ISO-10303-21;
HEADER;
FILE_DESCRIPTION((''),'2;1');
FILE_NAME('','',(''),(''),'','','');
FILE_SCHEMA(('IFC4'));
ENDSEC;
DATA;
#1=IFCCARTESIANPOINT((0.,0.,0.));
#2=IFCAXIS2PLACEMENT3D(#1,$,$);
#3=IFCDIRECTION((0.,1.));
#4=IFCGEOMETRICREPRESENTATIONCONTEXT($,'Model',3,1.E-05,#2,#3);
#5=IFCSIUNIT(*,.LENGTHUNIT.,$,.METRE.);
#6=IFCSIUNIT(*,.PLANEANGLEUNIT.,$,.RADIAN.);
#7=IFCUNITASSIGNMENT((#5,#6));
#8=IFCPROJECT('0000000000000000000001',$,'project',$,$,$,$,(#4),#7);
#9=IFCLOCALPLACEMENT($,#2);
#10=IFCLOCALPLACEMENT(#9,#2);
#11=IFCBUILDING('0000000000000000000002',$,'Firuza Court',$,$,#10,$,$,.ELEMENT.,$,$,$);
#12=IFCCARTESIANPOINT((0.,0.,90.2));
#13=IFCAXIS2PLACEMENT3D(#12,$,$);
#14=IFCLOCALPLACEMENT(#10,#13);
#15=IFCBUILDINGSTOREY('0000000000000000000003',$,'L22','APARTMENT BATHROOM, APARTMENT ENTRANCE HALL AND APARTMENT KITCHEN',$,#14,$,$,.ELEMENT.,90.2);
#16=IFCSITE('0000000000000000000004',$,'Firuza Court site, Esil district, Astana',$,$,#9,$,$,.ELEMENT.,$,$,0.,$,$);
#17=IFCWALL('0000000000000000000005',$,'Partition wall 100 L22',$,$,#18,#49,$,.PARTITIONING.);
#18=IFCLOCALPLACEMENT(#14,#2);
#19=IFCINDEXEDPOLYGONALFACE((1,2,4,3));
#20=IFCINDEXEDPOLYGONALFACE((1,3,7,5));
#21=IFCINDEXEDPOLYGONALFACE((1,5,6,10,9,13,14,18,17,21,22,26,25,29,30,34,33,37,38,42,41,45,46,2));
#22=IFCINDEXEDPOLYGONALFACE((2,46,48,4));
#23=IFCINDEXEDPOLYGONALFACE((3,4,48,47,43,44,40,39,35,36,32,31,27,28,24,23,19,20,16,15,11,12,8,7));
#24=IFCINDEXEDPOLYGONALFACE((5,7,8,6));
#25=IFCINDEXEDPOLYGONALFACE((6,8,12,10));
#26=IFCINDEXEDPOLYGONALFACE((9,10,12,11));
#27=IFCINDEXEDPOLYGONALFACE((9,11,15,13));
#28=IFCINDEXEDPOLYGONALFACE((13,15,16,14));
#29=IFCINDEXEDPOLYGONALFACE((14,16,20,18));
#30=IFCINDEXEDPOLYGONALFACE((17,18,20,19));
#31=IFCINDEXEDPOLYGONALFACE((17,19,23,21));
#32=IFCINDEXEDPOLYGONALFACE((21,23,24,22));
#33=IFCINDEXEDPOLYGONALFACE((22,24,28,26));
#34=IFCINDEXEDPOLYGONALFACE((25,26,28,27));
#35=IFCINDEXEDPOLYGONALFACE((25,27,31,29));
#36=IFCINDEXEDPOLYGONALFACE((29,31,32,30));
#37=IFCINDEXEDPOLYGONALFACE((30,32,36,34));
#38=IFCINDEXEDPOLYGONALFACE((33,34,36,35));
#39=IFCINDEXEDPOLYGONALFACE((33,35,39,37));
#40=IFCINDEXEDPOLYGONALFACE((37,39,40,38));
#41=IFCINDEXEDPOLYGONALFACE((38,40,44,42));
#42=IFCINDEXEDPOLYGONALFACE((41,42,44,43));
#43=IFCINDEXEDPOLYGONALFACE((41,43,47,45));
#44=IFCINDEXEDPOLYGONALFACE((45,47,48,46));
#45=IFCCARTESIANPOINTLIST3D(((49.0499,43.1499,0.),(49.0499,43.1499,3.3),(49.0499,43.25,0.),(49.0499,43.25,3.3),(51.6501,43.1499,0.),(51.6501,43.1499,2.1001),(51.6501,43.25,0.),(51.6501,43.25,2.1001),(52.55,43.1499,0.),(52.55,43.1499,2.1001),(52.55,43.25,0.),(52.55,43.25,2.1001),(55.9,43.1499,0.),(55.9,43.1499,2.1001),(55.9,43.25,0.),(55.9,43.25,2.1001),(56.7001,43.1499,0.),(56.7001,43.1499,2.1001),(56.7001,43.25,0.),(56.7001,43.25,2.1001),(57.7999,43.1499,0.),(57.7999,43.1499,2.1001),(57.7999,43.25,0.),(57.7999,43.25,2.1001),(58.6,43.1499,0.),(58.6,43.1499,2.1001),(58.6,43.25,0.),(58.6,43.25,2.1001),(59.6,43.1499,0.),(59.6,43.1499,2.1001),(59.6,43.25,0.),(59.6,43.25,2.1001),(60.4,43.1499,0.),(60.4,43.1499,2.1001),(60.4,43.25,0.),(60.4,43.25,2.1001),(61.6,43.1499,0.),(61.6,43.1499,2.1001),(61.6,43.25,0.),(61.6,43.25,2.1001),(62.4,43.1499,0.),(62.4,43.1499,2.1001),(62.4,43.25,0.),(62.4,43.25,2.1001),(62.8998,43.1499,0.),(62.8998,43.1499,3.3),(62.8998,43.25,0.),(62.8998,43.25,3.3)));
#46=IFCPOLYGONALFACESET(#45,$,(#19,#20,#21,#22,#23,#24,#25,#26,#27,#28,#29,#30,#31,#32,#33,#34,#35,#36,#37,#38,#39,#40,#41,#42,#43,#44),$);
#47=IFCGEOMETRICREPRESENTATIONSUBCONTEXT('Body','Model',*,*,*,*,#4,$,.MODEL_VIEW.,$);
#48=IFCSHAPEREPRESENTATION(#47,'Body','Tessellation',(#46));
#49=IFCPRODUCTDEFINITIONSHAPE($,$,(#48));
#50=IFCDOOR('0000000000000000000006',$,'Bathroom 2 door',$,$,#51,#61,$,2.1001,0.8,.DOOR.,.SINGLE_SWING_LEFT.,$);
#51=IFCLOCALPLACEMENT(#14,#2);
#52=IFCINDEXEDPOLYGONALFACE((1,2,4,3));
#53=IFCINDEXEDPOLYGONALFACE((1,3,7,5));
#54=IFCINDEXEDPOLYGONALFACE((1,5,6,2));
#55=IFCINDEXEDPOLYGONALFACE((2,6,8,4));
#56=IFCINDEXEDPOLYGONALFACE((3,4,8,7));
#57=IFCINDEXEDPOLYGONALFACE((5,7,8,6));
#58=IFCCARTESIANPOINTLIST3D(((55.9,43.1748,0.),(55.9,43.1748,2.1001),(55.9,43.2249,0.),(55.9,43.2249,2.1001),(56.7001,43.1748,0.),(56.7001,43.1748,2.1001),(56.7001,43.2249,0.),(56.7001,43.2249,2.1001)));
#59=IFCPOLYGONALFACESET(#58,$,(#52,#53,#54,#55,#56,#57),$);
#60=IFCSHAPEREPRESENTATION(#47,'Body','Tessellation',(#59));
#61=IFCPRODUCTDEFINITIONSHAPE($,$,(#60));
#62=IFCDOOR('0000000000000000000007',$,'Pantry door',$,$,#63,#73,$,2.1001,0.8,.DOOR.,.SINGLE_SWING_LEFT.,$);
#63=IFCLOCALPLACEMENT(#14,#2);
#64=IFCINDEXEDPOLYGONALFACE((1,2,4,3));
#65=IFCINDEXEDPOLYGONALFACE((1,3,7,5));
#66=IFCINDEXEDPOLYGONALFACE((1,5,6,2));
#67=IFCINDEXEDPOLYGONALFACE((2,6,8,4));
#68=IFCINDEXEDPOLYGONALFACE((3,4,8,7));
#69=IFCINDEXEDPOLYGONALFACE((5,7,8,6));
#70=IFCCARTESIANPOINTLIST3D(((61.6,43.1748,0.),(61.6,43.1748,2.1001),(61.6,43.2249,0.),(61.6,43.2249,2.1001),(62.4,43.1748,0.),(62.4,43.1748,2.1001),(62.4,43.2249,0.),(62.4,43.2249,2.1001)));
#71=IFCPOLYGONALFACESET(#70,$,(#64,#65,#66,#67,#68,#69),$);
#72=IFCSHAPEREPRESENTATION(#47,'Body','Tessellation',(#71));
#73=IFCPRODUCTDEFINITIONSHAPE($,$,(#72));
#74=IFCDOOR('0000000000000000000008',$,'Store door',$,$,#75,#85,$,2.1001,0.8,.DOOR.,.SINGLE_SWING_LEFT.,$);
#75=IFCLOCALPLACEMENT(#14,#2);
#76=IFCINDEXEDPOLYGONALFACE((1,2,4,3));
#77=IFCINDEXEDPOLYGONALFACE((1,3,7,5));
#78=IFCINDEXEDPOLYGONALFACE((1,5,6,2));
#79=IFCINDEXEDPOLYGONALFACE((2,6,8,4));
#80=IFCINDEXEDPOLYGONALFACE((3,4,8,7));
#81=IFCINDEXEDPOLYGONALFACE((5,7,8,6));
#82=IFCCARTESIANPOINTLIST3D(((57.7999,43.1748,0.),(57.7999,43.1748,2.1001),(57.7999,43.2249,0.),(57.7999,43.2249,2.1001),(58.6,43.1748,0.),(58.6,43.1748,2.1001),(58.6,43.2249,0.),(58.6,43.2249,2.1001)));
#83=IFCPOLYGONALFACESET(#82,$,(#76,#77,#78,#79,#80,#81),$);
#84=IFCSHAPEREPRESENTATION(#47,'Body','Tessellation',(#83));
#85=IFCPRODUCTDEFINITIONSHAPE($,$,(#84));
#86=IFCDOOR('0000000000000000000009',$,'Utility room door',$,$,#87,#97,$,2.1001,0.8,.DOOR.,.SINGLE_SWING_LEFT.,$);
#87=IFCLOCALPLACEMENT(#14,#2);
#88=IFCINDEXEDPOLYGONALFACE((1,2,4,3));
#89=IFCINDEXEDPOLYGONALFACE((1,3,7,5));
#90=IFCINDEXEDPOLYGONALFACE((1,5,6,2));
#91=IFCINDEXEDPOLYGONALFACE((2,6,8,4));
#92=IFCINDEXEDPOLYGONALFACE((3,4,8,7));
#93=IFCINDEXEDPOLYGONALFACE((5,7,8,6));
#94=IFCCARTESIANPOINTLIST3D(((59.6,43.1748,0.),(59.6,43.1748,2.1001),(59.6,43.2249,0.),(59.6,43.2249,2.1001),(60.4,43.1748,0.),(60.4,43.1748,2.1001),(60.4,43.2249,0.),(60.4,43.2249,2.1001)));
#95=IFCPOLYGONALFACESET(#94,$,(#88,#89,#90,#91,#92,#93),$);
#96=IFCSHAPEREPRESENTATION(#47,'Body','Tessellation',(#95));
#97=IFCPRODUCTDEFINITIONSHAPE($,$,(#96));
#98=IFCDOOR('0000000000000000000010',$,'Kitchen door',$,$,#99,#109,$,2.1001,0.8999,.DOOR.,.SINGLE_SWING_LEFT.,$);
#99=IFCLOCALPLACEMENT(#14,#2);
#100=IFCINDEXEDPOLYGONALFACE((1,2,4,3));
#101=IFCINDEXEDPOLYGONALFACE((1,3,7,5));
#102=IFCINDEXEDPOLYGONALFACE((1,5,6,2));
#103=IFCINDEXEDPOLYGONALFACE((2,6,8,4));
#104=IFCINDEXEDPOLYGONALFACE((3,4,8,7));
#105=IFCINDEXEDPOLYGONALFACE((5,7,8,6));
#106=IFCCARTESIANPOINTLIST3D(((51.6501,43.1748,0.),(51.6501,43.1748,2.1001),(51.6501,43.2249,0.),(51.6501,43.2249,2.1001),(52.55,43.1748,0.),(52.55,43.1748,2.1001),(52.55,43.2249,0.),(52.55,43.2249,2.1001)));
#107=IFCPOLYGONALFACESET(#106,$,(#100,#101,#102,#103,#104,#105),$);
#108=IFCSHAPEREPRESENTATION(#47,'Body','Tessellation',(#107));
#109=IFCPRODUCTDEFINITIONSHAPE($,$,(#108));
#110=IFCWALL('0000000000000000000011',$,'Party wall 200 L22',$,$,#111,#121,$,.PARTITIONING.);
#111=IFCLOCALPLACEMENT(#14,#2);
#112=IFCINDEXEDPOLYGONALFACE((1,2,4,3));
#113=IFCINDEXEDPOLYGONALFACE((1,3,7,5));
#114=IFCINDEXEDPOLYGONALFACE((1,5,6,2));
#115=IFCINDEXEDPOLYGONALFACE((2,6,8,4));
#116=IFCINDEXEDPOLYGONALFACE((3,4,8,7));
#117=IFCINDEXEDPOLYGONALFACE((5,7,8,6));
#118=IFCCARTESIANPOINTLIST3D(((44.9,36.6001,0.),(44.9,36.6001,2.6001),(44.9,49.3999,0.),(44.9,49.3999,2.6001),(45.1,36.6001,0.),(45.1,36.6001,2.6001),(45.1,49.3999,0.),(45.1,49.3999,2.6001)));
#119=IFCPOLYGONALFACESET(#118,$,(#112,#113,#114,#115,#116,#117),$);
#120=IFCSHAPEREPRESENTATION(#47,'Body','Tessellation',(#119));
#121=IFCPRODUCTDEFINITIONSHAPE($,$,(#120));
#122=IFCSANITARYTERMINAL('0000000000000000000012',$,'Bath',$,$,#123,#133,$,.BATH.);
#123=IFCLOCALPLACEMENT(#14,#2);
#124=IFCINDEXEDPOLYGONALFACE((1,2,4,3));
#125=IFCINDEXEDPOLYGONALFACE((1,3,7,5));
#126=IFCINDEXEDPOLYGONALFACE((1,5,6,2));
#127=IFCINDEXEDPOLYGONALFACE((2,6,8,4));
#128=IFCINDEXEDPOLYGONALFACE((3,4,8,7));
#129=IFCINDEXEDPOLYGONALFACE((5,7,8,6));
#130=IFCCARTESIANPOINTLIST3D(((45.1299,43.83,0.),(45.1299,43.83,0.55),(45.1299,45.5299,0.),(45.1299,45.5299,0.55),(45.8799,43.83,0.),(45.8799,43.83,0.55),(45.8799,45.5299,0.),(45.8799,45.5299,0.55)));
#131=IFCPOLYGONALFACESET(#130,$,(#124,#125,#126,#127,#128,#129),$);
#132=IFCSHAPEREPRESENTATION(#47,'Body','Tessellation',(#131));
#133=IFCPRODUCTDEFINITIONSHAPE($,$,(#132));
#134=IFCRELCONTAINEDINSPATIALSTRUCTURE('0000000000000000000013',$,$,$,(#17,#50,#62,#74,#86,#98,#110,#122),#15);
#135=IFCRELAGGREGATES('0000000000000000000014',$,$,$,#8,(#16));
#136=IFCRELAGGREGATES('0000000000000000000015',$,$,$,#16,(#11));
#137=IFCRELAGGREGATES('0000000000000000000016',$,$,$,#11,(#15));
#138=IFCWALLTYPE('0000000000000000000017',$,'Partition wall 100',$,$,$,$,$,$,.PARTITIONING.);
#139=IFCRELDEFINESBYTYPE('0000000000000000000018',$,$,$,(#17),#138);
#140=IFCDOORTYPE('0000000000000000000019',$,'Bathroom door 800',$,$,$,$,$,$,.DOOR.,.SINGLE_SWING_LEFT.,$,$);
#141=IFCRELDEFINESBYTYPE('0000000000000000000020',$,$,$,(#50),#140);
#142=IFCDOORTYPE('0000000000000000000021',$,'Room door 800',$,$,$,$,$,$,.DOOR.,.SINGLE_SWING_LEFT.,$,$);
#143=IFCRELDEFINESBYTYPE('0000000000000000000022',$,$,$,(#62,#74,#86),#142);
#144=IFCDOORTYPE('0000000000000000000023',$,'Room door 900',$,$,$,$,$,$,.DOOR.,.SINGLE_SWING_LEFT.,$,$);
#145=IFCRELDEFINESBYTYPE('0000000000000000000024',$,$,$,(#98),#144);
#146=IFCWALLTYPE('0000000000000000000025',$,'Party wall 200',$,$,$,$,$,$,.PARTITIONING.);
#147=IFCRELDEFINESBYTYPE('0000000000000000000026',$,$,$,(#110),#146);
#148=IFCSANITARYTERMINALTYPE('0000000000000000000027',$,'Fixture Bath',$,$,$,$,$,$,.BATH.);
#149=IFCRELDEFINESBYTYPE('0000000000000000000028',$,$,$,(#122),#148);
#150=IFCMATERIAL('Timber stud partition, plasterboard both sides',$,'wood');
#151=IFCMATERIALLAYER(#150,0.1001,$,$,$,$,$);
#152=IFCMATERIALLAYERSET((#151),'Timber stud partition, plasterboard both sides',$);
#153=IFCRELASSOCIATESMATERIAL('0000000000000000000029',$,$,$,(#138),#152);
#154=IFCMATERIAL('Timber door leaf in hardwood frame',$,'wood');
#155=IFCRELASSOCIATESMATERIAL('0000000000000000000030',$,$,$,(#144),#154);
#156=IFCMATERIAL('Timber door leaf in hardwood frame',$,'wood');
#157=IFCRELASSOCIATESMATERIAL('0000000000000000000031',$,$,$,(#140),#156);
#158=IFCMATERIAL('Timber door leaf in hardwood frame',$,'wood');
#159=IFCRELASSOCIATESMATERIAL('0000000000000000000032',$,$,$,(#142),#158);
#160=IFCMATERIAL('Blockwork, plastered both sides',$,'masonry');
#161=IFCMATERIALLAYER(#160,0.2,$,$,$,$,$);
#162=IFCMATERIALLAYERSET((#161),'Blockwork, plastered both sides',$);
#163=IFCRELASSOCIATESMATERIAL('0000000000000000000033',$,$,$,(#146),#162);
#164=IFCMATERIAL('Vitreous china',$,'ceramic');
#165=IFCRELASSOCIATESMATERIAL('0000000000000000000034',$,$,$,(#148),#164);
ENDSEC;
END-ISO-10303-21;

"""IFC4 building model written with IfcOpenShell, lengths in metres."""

from ifc_helpers import new_model, si_unit, direction, frame, frame_2d, origin, origin_2d, place, context, subcontext, project, spatial, rectangle, extrude, material, layer, layer_set, type_object, element, fill, save


model = new_model("IFC4")

# Units and contexts
model_context = context("Model", 3, precision=1e-05, world=origin(), true_north=direction((0.0, 1.0)))
body_context = subcontext(model_context, "Body", "Model", "MODEL_VIEW")
ifc_project = project(units=[si_unit("LENGTHUNIT", "METRE"), si_unit("PLANEANGLEUNIT", "RADIAN")], contexts=[model_context])

# Site, building, storey
site_placement = place(None, origin())
site = spatial("IfcSite", under=ifc_project, at=site_placement, Name="Firuza Court site, Esil district, Astana", CompositionType="ELEMENT", RefElevation=0.0)
building_placement = place(site_placement, origin())
building = spatial("IfcBuilding", under=site, at=building_placement, Name="Firuza Court", CompositionType="ELEMENT")
storey_placement = place(building_placement, frame((0.0, 0.0, 90.2)))
storey = spatial("IfcBuildingStorey", under=building, at=storey_placement, Name="L22", Description="APARTMENT BATHROOM, APARTMENT ENTRANCE HALL AND APARTMENT KITCHEN", CompositionType="ELEMENT", Elevation=90.2)

# Shared definitions
ifc_material_1 = material(Name="Timber stud partition, plasterboard both sides", Category="wood")
ifc_layer_1 = layer(ifc_material_1, 0.1001)
ifc_layer_set_1 = layer_set([ifc_layer_1], Name="Timber stud partition, plasterboard both sides")
wall_type_1 = type_object("IfcWallType", Name="Partition wall 100", PredefinedType="PARTITIONING", material=ifc_layer_set_1)
ifc_material_2 = material(Name="Timber door leaf in hardwood frame", Category="wood")
door_type_1 = type_object("IfcDoorType", Name="Room door 900", OperationType="SINGLE_SWING_LEFT", PredefinedType="DOOR", material=ifc_material_2)

# Shared definitions
ifc_material_3 = material(Name="Timber door leaf in hardwood frame", Category="wood")
door_type_2 = type_object("IfcDoorType", Name="Bathroom door 800", OperationType="SINGLE_SWING_LEFT", PredefinedType="DOOR", material=ifc_material_3)

# Wall, openings, doors
wall_1_placement = place(storey_placement, frame((49.05, 43.2, 0.0), z_axis=(0.0, 0.0, 1.0), x_axis=(1.0, 0.0, 0.0)))
wall_1 = element("IfcWall", 1, at=wall_1_placement, inside=storey, type_object=wall_type_1, Name="Partition wall 100 L22", PredefinedType="PARTITIONING", context=body_context, shape_type="SweptSolid", body=[
    extrude(rectangle(XDim=13.8499, YDim=0.1001, at=frame_2d((6.9248, 0.0))), origin(), (0.0, 0.0, 1.0), 3.3),
])
opening_1_placement = place(wall_1_placement, frame((6.8501, 0.0, 0.0)))
opening_1 = element("IfcOpeningElement", 2, at=opening_1_placement, cuts=wall_1, PredefinedType="OPENING", context=body_context, shape_type="SweptSolid", body=[
    extrude(rectangle(XDim=0.8, YDim=2.1001, at=frame_2d((0.3999, 1.05))), frame((0.0, 0.062, 0.0), z_axis=(0.0, -1.0, 0.0), x_axis=(1.0, 0.0, 0.0)), (0.0, 0.0, 1.0), 0.124),
])
opening_2_placement = place(wall_1_placement, frame((2.6001, 0.0, 0.0)))
opening_2 = element("IfcOpeningElement", 3, at=opening_2_placement, cuts=wall_1, PredefinedType="OPENING", context=body_context, shape_type="SweptSolid", body=[
    extrude(rectangle(XDim=0.8999, YDim=2.1001, at=frame_2d((0.45, 1.05))), frame((0.0, 0.062, 0.0), z_axis=(0.0, -1.0, 0.0), x_axis=(1.0, 0.0, 0.0)), (0.0, 0.0, 1.0), 0.124),
])
opening_3_placement = place(wall_1_placement, frame((12.55, 0.0, 0.0)))
opening_3 = element("IfcOpeningElement", 4, at=opening_3_placement, cuts=wall_1, PredefinedType="OPENING", context=body_context, shape_type="SweptSolid", body=[
    extrude(rectangle(XDim=0.8, YDim=2.1001, at=frame_2d((0.3999, 1.05))), frame((0.0, 0.062, 0.0), z_axis=(0.0, -1.0, 0.0), x_axis=(1.0, 0.0, 0.0)), (0.0, 0.0, 1.0), 0.124),
])
opening_4_placement = place(wall_1_placement, frame((8.75, 0.0, 0.0)))
opening_4 = element("IfcOpeningElement", 5, at=opening_4_placement, cuts=wall_1, PredefinedType="OPENING", context=body_context, shape_type="SweptSolid", body=[
    extrude(rectangle(XDim=0.8, YDim=2.1001, at=frame_2d((0.3999, 1.05))), frame((0.0, 0.062, 0.0), z_axis=(0.0, -1.0, 0.0), x_axis=(1.0, 0.0, 0.0)), (0.0, 0.0, 1.0), 0.124),
])
opening_5_placement = place(wall_1_placement, frame((10.55, 0.0, 0.0)))
opening_5 = element("IfcOpeningElement", 6, at=opening_5_placement, cuts=wall_1, PredefinedType="OPENING", context=body_context, shape_type="SweptSolid", body=[
    extrude(rectangle(XDim=0.8, YDim=2.1001, at=frame_2d((0.3999, 1.05))), frame((0.0, 0.062, 0.0), z_axis=(0.0, -1.0, 0.0), x_axis=(1.0, 0.0, 0.0)), (0.0, 0.0, 1.0), 0.124),
])
door_1_placement = place(opening_1_placement, origin())
door_1 = element("IfcDoor", 7, at=door_1_placement, inside=storey, type_object=door_type_2, Name="Bathroom 2 door", OperationType="SINGLE_SWING_LEFT", OverallHeight=2.1001, OverallWidth=0.8, PredefinedType="DOOR", context=body_context, shape_type="SweptSolid", body=[
    extrude(rectangle(XDim=0.8, YDim=2.1001, at=frame_2d((0.3999, 1.05))), frame((0.0, 0.0249, 0.0), z_axis=(0.0, -1.0, 0.0), x_axis=(1.0, 0.0, 0.0)), (0.0, 0.0, 1.0), 0.05),
])
fill(opening_1, door_1)
ifc_material_4 = material(Name="Timber door leaf in hardwood frame", Category="wood")
door_type_3 = type_object("IfcDoorType", Name="Room door 800", OperationType="SINGLE_SWING_LEFT", PredefinedType="DOOR", material=ifc_material_4)
door_2_placement = place(opening_3_placement, origin())
door_2 = element("IfcDoor", 8, at=door_2_placement, inside=storey, type_object=door_type_3, Name="Pantry door", OperationType="SINGLE_SWING_LEFT", OverallHeight=2.1001, OverallWidth=0.8, PredefinedType="DOOR", context=body_context, shape_type="SweptSolid", body=[
    extrude(rectangle(XDim=0.8, YDim=2.1001, at=frame_2d((0.3999, 1.05))), frame((0.0, 0.0249, 0.0), z_axis=(0.0, -1.0, 0.0), x_axis=(1.0, 0.0, 0.0)), (0.0, 0.0, 1.0), 0.05),
])
fill(opening_3, door_2)
door_3_placement = place(opening_4_placement, origin())
door_3 = element("IfcDoor", 9, at=door_3_placement, inside=storey, type_object=door_type_3, Name="Store door", OperationType="SINGLE_SWING_LEFT", OverallHeight=2.1001, OverallWidth=0.8, PredefinedType="DOOR", context=body_context, shape_type="SweptSolid", body=[
    extrude(rectangle(XDim=0.8, YDim=2.1001, at=frame_2d((0.3999, 1.05))), frame((0.0, 0.0249, 0.0), z_axis=(0.0, -1.0, 0.0), x_axis=(1.0, 0.0, 0.0)), (0.0, 0.0, 1.0), 0.05),
])
fill(opening_4, door_3)
door_4_placement = place(opening_5_placement, origin())
door_4 = element("IfcDoor", 10, at=door_4_placement, inside=storey, type_object=door_type_3, Name="Utility room door", OperationType="SINGLE_SWING_LEFT", OverallHeight=2.1001, OverallWidth=0.8, PredefinedType="DOOR", context=body_context, shape_type="SweptSolid", body=[
    extrude(rectangle(XDim=0.8, YDim=2.1001, at=frame_2d((0.3999, 1.05))), frame((0.0, 0.0249, 0.0), z_axis=(0.0, -1.0, 0.0), x_axis=(1.0, 0.0, 0.0)), (0.0, 0.0, 1.0), 0.05),
])
fill(opening_5, door_4)
door_5_placement = place(opening_2_placement, origin())
door_5 = element("IfcDoor", 11, at=door_5_placement, inside=storey, type_object=door_type_1, Name="Kitchen door", OperationType="SINGLE_SWING_LEFT", OverallHeight=2.1001, OverallWidth=0.8999, PredefinedType="DOOR", context=body_context, shape_type="SweptSolid", body=[
    extrude(rectangle(XDim=0.8999, YDim=2.1001, at=frame_2d((0.45, 1.05))), frame((0.0, 0.0249, 0.0), z_axis=(0.0, -1.0, 0.0), x_axis=(1.0, 0.0, 0.0)), (0.0, 0.0, 1.0), 0.05),
])
fill(opening_2, door_5)

# Wall
ifc_material_5 = material(Name="Blockwork, plastered both sides", Category="masonry")
ifc_layer_2 = layer(ifc_material_5, 0.2)
ifc_layer_set_2 = layer_set([ifc_layer_2], Name="Blockwork, plastered both sides")
wall_type_2 = type_object("IfcWallType", Name="Party wall 200", PredefinedType="PARTITIONING", material=ifc_layer_set_2)
wall_2_placement = place(storey_placement, frame((45.0, 36.6001, 0.0), z_axis=(0.0, 0.0, 1.0), x_axis=(0.0, 1.0, 0.0)))
element("IfcWall", 12, at=wall_2_placement, inside=storey, type_object=wall_type_2, Name="Party wall 200 L22", PredefinedType="PARTITIONING", context=body_context, shape_type="SweptSolid", body=[
    extrude(rectangle(XDim=12.7998, YDim=0.2, at=frame_2d((6.3999, 0.0))), origin(), (0.0, 0.0, 1.0), 2.6001),
])

# Sanitary terminal
ifc_material_6 = material(Name="Vitreous china", Category="ceramic")
sanitary_terminal_type = type_object("IfcSanitaryTerminalType", Name="Fixture Bath", PredefinedType="BATH", material=ifc_material_6)
sanitary_terminal_placement = place(storey_placement, frame((45.5049, 44.6799, 0.0), z_axis=(0.0, 0.0, 1.0), x_axis=(1.0, 0.0, 0.0)))
element("IfcSanitaryTerminal", 13, at=sanitary_terminal_placement, inside=storey, type_object=sanitary_terminal_type, Name="Bath", PredefinedType="BATH", context=body_context, shape_type="SweptSolid", body=[
    extrude(rectangle(XDim=0.75, YDim=1.7, at=origin_2d()), origin(), (0.0, 0.0, 1.0), 0.55),
])

save(model, "model.ifc")
